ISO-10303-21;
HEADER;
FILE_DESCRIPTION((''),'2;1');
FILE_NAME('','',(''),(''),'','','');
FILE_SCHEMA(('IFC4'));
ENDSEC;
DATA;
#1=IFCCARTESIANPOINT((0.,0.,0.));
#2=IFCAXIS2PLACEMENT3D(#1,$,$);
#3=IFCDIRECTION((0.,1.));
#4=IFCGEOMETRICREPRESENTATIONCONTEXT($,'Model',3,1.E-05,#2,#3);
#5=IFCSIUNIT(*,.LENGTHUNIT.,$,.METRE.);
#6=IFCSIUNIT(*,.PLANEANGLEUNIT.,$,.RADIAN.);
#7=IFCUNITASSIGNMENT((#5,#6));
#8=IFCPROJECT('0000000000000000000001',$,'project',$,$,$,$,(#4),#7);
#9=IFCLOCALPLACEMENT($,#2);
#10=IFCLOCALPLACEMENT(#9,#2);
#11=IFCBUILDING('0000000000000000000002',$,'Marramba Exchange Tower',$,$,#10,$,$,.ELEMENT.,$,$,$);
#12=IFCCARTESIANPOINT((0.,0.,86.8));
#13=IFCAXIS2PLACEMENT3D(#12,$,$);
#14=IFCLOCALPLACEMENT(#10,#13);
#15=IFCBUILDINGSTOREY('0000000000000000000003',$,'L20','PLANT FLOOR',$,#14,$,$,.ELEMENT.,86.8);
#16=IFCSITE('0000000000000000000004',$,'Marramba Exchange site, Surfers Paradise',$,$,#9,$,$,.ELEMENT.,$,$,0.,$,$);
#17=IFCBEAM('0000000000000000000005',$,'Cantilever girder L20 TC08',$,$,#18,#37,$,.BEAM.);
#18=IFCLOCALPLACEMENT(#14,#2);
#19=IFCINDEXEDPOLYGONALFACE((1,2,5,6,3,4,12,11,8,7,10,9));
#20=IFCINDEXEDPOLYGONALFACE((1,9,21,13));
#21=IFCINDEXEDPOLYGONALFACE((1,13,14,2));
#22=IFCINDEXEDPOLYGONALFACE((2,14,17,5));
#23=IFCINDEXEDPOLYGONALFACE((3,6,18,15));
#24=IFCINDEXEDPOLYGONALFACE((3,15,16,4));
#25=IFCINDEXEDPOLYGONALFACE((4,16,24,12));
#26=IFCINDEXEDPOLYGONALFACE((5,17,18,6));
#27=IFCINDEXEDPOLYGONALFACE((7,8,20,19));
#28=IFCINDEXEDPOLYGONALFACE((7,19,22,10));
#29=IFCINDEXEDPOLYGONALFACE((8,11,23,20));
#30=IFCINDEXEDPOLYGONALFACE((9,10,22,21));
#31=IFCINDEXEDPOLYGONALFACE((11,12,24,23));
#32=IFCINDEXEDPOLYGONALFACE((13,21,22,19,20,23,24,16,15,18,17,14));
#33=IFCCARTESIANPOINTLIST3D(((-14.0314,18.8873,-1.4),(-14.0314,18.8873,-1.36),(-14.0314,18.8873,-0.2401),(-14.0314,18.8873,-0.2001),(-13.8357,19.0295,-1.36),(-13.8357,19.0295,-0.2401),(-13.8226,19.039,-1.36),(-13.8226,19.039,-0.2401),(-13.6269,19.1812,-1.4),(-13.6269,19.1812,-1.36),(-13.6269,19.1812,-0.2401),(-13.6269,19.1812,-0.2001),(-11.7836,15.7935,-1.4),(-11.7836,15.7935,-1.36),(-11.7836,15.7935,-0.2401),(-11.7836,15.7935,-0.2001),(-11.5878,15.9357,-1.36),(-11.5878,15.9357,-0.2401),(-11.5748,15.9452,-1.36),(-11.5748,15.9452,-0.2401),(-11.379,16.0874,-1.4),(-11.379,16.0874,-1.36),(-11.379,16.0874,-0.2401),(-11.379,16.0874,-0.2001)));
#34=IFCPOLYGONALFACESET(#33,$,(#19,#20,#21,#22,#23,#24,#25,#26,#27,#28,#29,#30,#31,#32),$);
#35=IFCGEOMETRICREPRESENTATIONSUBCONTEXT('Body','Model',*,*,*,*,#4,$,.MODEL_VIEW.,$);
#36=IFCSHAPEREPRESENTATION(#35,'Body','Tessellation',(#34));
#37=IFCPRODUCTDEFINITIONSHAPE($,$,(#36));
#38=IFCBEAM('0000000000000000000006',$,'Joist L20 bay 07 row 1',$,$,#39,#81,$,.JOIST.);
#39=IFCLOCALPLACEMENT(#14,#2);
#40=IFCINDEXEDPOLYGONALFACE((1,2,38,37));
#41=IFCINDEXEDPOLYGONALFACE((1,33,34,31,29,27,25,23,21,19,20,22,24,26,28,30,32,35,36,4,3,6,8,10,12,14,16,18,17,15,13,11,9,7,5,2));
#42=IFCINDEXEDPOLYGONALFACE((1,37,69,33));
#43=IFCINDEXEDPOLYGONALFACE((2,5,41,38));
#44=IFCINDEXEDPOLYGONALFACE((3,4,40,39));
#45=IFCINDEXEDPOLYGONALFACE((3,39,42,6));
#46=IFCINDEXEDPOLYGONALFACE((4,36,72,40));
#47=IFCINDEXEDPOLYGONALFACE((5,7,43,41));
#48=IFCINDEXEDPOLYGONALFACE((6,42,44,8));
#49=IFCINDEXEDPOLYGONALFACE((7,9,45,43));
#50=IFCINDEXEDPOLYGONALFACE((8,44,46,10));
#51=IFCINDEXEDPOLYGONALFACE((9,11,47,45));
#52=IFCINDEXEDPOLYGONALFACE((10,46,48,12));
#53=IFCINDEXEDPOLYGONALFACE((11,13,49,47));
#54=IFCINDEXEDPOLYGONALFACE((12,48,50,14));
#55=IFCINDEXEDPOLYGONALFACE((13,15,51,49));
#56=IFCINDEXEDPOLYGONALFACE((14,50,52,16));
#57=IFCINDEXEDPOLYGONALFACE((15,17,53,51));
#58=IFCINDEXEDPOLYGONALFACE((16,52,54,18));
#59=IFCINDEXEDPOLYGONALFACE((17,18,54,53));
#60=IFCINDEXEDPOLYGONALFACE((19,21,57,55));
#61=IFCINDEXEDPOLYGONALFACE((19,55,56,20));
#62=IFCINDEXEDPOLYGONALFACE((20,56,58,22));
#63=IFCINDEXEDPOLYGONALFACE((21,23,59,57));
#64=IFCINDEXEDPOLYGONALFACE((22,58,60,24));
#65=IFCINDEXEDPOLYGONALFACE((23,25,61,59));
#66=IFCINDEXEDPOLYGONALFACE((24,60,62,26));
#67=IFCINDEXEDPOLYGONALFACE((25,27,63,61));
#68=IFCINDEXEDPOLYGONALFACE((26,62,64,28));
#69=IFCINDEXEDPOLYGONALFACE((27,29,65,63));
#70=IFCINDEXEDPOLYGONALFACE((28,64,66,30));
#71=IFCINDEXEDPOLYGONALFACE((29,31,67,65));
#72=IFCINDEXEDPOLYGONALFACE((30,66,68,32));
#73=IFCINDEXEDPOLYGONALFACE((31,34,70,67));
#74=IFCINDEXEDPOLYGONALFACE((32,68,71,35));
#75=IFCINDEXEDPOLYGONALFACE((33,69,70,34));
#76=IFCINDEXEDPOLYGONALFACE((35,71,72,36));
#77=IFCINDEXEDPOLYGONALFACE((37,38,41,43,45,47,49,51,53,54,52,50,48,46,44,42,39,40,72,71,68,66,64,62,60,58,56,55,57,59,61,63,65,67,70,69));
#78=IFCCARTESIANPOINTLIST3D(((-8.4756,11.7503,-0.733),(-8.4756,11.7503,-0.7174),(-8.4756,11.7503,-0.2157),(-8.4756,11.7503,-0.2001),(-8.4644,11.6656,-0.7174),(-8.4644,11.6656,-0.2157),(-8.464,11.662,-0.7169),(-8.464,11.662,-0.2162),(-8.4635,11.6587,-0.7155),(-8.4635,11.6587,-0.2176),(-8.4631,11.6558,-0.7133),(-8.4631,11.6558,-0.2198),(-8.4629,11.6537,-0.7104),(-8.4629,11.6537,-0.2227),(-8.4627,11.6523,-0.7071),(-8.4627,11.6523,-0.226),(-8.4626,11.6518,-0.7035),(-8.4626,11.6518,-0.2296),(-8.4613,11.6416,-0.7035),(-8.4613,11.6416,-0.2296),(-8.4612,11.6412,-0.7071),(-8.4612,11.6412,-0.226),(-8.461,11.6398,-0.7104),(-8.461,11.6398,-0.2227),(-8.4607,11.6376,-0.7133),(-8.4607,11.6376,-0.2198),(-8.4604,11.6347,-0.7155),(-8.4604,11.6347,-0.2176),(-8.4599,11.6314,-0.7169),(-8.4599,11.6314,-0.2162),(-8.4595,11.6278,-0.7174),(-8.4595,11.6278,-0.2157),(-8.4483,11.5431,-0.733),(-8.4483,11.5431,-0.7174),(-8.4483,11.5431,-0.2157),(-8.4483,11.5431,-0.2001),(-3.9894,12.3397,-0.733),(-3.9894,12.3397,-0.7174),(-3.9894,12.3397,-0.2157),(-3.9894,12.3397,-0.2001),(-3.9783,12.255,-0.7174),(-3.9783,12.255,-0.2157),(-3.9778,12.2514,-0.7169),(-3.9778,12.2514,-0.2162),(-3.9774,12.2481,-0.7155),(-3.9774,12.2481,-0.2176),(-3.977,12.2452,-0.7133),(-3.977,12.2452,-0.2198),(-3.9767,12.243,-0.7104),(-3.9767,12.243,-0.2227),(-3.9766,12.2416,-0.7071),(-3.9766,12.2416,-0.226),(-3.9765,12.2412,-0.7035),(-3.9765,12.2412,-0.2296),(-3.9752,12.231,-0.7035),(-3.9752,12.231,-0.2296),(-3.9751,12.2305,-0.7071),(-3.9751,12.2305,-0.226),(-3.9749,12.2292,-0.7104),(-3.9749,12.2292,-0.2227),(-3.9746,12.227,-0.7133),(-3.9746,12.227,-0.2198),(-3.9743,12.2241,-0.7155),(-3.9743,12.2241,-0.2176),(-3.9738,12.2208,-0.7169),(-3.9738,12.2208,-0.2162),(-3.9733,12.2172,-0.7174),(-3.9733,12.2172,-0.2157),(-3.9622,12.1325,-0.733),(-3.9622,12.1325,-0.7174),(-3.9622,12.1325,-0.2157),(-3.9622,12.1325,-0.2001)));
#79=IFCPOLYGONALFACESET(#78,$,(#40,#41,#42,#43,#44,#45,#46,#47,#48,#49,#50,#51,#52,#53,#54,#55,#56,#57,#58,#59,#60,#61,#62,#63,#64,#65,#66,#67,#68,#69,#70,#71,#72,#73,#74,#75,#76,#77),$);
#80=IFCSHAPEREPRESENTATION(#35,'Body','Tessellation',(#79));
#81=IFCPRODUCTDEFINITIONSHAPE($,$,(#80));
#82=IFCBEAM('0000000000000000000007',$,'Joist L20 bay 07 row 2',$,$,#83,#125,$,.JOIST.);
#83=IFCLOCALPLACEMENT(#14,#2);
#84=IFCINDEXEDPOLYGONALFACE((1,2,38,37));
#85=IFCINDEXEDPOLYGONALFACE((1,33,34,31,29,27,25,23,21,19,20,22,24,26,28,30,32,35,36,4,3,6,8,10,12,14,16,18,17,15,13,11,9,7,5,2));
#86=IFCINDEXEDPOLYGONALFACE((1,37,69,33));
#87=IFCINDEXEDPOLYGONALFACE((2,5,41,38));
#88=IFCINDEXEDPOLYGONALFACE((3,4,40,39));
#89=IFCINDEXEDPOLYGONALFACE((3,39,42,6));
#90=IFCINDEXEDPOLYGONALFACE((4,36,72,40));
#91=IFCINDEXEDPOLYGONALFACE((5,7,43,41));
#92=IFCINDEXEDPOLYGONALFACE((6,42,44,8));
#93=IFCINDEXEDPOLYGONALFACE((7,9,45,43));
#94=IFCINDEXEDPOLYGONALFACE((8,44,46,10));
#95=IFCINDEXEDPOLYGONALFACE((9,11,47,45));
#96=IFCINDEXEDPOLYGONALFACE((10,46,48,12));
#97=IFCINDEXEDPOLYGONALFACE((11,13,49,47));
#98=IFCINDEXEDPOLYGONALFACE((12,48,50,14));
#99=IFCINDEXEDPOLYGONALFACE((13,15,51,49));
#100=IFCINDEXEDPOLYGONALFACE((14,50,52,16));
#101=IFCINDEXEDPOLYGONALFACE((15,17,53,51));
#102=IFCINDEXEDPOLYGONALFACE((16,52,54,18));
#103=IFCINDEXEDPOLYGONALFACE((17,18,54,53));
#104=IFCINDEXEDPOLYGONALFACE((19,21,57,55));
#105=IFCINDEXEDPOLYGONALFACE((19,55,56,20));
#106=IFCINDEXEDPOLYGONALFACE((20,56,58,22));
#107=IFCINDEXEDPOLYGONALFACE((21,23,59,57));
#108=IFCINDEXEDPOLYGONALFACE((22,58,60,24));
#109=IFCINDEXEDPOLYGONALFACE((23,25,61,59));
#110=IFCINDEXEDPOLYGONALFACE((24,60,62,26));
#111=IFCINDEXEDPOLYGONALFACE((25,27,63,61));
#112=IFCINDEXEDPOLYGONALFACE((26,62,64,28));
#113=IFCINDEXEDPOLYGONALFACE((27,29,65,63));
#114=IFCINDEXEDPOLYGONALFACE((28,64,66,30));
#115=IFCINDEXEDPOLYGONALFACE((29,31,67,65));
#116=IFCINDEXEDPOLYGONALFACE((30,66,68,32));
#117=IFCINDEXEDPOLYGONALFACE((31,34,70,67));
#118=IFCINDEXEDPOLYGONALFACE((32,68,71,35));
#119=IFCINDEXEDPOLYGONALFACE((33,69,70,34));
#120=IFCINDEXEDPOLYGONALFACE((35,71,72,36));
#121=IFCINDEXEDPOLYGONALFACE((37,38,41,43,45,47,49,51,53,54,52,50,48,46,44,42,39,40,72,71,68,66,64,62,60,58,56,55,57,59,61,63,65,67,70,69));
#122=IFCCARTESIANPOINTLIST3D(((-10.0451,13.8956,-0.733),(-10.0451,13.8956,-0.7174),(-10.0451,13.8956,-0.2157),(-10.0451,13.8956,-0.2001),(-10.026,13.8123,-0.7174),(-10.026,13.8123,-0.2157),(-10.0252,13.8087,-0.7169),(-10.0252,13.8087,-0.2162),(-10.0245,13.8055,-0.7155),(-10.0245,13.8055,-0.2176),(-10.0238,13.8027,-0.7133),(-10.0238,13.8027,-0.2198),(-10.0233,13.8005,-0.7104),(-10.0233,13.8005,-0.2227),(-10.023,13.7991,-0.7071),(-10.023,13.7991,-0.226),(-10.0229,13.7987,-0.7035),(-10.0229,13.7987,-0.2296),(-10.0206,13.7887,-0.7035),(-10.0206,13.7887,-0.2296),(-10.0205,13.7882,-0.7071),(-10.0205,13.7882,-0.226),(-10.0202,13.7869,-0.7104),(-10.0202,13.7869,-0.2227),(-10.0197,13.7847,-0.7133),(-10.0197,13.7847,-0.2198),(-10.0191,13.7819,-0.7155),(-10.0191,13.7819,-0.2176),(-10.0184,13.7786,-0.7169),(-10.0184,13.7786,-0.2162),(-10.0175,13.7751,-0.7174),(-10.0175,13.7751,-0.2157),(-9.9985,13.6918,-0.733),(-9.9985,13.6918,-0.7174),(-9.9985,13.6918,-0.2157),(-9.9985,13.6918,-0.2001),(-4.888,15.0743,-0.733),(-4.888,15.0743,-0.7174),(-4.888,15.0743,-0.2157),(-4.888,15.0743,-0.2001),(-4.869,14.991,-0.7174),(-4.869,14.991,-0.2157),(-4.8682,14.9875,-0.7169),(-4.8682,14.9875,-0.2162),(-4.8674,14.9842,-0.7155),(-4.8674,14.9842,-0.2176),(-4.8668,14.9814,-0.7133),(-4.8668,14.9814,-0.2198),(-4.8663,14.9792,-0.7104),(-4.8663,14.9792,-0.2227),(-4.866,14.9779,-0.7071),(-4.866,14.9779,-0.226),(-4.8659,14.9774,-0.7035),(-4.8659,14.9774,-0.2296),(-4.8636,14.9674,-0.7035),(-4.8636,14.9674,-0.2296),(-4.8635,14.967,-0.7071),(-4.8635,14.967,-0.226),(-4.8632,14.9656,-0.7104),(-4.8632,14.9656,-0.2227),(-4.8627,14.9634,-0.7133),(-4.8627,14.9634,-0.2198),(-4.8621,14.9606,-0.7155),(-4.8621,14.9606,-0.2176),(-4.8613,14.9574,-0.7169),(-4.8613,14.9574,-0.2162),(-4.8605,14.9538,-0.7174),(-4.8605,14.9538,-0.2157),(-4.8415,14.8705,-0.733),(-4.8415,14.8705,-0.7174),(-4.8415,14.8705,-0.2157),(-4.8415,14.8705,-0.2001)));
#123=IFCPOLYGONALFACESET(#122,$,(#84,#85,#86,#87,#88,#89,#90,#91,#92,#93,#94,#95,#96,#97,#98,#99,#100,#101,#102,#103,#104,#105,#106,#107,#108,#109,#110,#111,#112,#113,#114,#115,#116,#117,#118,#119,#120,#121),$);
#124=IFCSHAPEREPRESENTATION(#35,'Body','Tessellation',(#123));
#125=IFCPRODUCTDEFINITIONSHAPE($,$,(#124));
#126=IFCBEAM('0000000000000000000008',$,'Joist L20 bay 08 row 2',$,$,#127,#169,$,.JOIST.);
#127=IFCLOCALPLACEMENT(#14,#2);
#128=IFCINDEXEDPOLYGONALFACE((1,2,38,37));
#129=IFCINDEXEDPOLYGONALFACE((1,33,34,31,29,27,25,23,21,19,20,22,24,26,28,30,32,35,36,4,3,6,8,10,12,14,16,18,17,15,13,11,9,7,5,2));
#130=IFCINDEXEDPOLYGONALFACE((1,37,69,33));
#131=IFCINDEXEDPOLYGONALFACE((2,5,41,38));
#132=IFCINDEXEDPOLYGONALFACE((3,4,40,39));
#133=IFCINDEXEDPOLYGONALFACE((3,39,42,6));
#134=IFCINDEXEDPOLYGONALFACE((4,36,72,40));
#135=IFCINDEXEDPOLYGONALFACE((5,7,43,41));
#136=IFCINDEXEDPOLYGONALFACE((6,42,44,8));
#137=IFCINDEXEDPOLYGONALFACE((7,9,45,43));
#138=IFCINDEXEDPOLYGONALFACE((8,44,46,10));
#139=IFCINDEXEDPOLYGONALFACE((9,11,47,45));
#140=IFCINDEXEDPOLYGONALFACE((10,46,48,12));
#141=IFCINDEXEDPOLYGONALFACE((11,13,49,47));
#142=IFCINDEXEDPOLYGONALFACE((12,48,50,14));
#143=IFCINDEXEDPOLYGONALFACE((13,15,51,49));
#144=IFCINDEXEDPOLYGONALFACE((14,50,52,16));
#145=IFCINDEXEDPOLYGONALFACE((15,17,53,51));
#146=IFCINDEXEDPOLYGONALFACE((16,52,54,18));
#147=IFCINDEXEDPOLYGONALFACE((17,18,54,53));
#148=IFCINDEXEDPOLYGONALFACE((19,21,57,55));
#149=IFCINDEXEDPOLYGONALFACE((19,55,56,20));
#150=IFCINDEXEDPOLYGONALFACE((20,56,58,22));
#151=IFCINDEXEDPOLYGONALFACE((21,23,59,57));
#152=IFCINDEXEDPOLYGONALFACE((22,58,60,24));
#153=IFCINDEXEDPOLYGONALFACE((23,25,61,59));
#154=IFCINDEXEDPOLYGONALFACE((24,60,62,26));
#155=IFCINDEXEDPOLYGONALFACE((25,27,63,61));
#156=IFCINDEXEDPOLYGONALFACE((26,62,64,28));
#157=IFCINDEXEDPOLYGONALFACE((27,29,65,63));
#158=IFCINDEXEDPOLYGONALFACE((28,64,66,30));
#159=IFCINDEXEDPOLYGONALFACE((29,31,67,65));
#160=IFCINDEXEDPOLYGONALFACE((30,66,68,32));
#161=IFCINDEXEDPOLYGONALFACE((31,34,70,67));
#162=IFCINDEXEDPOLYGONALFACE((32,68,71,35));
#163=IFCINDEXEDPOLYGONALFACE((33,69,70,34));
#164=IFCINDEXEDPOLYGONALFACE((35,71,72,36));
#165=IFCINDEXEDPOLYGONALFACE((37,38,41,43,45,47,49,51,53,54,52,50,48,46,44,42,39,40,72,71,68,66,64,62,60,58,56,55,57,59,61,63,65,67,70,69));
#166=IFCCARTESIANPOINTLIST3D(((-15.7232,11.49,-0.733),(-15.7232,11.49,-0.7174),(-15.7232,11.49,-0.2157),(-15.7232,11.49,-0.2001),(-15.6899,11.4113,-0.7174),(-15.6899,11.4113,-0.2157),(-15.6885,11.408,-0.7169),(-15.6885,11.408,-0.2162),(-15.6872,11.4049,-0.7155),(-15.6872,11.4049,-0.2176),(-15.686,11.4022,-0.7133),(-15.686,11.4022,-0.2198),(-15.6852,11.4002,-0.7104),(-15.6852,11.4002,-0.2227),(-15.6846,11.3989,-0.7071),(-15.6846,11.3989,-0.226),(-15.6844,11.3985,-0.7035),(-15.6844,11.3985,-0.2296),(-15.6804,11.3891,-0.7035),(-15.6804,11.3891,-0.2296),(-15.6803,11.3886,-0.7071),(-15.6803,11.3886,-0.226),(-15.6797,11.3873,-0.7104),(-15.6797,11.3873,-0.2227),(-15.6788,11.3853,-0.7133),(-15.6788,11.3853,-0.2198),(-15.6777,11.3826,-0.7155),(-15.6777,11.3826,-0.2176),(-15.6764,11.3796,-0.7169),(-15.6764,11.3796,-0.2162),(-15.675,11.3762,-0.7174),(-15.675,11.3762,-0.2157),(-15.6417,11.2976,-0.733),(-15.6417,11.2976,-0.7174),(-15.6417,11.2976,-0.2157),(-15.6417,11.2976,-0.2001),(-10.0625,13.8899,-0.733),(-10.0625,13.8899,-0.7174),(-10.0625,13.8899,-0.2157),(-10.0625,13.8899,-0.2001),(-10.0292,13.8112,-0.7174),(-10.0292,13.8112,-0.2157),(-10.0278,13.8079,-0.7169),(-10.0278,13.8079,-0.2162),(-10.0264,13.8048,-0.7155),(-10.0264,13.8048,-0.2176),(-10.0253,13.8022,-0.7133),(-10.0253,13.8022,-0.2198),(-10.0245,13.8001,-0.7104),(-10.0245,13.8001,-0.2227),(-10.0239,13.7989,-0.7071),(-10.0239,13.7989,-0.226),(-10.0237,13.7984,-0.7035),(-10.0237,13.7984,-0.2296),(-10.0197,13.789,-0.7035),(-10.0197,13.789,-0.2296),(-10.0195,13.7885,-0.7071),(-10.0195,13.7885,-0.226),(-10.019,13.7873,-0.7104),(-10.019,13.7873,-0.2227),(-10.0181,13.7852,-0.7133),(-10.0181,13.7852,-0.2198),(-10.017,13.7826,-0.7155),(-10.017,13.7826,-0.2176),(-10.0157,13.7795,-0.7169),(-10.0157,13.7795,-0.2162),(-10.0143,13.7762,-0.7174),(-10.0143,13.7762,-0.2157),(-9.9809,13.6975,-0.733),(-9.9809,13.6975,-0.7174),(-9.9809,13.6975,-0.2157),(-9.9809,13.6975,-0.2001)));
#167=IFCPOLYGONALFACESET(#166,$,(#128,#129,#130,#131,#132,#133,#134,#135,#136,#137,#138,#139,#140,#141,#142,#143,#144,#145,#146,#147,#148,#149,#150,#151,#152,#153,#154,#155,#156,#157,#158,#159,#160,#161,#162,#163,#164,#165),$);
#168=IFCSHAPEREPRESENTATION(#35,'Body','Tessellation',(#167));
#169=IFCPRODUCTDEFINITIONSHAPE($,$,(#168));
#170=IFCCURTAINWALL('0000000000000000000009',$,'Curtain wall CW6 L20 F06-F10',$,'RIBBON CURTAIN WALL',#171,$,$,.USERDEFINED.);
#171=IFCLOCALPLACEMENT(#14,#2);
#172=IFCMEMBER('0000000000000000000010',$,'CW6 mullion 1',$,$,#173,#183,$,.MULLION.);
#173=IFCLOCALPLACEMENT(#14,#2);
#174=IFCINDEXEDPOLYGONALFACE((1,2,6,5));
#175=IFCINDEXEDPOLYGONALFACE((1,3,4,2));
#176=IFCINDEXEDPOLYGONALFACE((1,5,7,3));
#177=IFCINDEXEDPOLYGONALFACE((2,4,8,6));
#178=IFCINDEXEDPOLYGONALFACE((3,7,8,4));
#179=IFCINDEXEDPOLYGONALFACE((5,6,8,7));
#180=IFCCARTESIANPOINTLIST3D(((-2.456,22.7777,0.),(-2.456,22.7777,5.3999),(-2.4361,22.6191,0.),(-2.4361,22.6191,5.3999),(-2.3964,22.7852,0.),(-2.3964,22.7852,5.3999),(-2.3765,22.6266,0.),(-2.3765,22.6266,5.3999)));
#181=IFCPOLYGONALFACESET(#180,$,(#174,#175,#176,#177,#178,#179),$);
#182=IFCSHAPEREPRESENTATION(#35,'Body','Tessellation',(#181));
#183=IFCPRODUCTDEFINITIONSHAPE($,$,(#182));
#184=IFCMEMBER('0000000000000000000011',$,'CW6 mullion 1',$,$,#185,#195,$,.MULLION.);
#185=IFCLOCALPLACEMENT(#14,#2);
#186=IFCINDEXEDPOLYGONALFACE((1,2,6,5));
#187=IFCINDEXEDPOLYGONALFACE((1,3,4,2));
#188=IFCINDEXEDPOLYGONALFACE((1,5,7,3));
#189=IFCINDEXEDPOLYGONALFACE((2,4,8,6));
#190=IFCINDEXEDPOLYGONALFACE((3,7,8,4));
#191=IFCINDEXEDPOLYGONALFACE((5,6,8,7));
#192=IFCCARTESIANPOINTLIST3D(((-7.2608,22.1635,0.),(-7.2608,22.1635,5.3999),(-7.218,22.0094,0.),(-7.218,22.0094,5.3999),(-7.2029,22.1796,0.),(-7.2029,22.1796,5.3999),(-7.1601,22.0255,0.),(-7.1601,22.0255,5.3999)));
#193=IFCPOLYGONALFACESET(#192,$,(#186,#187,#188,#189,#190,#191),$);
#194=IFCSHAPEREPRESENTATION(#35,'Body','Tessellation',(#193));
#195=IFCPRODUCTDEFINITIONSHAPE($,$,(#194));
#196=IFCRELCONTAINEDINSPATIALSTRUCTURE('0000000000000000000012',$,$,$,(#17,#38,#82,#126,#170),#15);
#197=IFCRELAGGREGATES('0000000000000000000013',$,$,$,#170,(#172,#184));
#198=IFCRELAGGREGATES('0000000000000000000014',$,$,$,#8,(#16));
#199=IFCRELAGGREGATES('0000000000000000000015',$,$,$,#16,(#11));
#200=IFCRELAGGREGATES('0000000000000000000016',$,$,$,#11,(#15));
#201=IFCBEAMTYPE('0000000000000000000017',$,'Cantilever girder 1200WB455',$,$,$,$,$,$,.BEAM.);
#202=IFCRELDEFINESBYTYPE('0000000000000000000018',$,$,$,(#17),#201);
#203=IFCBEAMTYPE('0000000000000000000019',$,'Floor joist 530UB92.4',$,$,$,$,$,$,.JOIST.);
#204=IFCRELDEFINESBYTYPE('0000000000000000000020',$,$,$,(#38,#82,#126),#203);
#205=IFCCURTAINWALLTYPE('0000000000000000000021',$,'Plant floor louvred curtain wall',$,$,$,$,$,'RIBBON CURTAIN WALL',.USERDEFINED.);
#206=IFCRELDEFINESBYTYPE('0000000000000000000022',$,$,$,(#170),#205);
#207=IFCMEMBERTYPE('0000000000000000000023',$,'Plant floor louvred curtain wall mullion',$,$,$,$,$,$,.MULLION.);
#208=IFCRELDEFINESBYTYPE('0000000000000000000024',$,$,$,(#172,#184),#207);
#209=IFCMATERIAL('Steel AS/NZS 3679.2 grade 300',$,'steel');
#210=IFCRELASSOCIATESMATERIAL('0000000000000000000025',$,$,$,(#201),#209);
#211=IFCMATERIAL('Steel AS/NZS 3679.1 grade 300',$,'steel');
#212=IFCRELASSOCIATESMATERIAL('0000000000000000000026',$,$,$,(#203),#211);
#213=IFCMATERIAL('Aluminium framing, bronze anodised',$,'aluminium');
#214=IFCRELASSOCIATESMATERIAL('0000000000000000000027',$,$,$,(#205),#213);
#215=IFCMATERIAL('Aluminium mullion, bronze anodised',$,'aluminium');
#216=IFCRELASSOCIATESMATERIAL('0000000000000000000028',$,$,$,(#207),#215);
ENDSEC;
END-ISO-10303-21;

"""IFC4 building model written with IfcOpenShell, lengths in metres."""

from ifc_helpers import new_model, si_unit, direction, frame, origin, origin_2d, place, context, subcontext, project, spatial, rectangle, i_section, extrude, material, material_profile, profile_set, type_object, element, aggregate, save


model = new_model("IFC4")

# Units and contexts
model_context = context("Model", 3, precision=1e-05, world=origin(), true_north=direction((0.0, 1.0)))
body_context = subcontext(model_context, "Body", "Model", "MODEL_VIEW")
ifc_project = project(units=[si_unit("LENGTHUNIT", "METRE"), si_unit("PLANEANGLEUNIT", "RADIAN")], contexts=[model_context])

# Site, building, storey
site_placement = place(None, origin())
site = spatial("IfcSite", under=ifc_project, at=site_placement, Name="Marramba Exchange site, Surfers Paradise", CompositionType="ELEMENT", RefElevation=0.0)
building_placement = place(site_placement, origin())
building = spatial("IfcBuilding", under=site, at=building_placement, Name="Marramba Exchange Tower", CompositionType="ELEMENT")
storey_placement = place(building_placement, frame((0.0, 0.0, 86.8)))
storey = spatial("IfcBuildingStorey", under=building, at=storey_placement, Name="L20", Description="PLANT FLOOR", CompositionType="ELEMENT", Elevation=86.8)

# Shared definitions
ifc_material_1 = material(Name="Steel AS/NZS 3679.2 grade 300", Category="steel")

# Beams
ifc_material_profile_1 = material_profile(ifc_material_1, i_section(OverallWidth=0.5, OverallDepth=1.2, WebThickness=0.0161, FlangeThickness=0.04, at=origin_2d()), Name="1200WB455")
ifc_profile_set_1 = profile_set([ifc_material_profile_1], Name="Steel AS/NZS 3679.2 grade 300")
beam_type_1 = type_object("IfcBeamType", Name="Cantilever girder 1200WB455", PredefinedType="BEAM", material=ifc_profile_set_1)
beam_1_placement = place(storey_placement, frame((-11.5813, 15.9404, -0.8), z_axis=(-0.587796, 0.809009, 0.0), x_axis=(-0.809009, -0.587796, 0.0)))
element("IfcBeam", 1, at=beam_1_placement, inside=storey, type_object=beam_type_1, Name="Cantilever girder L20 TC08", PredefinedType="BEAM", context=body_context, shape_type="SweptSolid", body=[
    extrude(i_section(OverallWidth=0.5, OverallDepth=1.2, WebThickness=0.0161, FlangeThickness=0.04, at=origin_2d()), origin(), (0.0, 0.0, 1.0), 3.8242),
])
ifc_material_2 = material(Name="Steel AS/NZS 3679.1 grade 300", Category="steel")
ifc_material_profile_2 = material_profile(ifc_material_2, i_section(OverallWidth=0.209, OverallDepth=0.533, WebThickness=0.0103, FlangeThickness=0.0156, FilletRadius=0.0139, at=origin_2d()), Name="530UB92.4")
ifc_profile_set_2 = profile_set([ifc_material_profile_2], Name="Steel AS/NZS 3679.1 grade 300")
beam_type_2 = type_object("IfcBeamType", Name="Floor joist 530UB92.4", PredefinedType="JOIST", material=ifc_profile_set_2)
beam_2_placement = place(storey_placement, frame((-3.9758, 12.2361, -0.4666), z_axis=(-0.991481, -0.130255, 0.0), x_axis=(0.130255, -0.991481, 0.0)))
element("IfcBeam", 2, at=beam_2_placement, inside=storey, type_object=beam_type_2, Name="Joist L20 bay 07 row 1", PredefinedType="JOIST", context=body_context, shape_type="SweptSolid", body=[
    extrude(i_section(OverallWidth=0.209, OverallDepth=0.533, WebThickness=0.0103, FlangeThickness=0.0156, FilletRadius=0.0139, at=origin_2d()), origin(), (0.0, 0.0, 1.0), 4.5247),
])
beam_3_placement = place(storey_placement, frame((-4.8647, 14.9724, -0.4666), z_axis=(-0.97486, -0.22282, 0.0), x_axis=(0.22282, -0.97486, 0.0)))
element("IfcBeam", 3, at=beam_3_placement, inside=storey, type_object=beam_type_2, Name="Joist L20 bay 07 row 2", PredefinedType="JOIST", context=body_context, shape_type="SweptSolid", body=[
    extrude(i_section(OverallWidth=0.209, OverallDepth=0.533, WebThickness=0.0103, FlangeThickness=0.0156, FilletRadius=0.0139, at=origin_2d()), origin(), (0.0, 0.0, 1.0), 5.29),
])
beam_4_placement = place(storey_placement, frame((-10.0217, 13.7937, -0.4666), z_axis=(-0.920674, -0.390332, 0.0), x_axis=(0.390332, -0.920674, 0.0)))
element("IfcBeam", 4, at=beam_4_placement, inside=storey, type_object=beam_type_2, Name="Joist L20 bay 08 row 2", PredefinedType="JOIST", context=body_context, shape_type="SweptSolid", body=[
    extrude(i_section(OverallWidth=0.209, OverallDepth=0.533, WebThickness=0.0103, FlangeThickness=0.0156, FilletRadius=0.0139, at=origin_2d()), origin(), (0.0, 0.0, 1.0), 6.1484),
])

# Curtain wall, members
ifc_material_3 = material(Name="Aluminium framing, bronze anodised", Category="aluminium")
curtain_wall_type = type_object("IfcCurtainWallType", Name="Plant floor louvred curtain wall", ElementType="RIBBON CURTAIN WALL", PredefinedType="USERDEFINED", material=ifc_material_3)
curtain_wall_placement = place(storey_placement, origin())
curtain_wall = element("IfcCurtainWall", 5, at=curtain_wall_placement, inside=storey, type_object=curtain_wall_type, Name="Curtain wall CW6 L20 F06-F10", ObjectType="RIBBON CURTAIN WALL", PredefinedType="USERDEFINED")
ifc_material_4 = material(Name="Aluminium mullion, bronze anodised", Category="aluminium")
ifc_material_profile_3 = material_profile(ifc_material_4, rectangle(XDim=0.1599, YDim=0.0601, at=origin_2d()), Name="CW6 mullion 60x160")
ifc_profile_set_3 = profile_set([ifc_material_profile_3], Name="Aluminium mullion, bronze anodised")
member_type_1 = type_object("IfcMemberType", Name="Plant floor louvred curtain wall mullion", PredefinedType="MULLION", material=ifc_profile_set_3)
member_1_placement = place(storey_placement, frame((-2.4163, 22.7021, 0.0), z_axis=(0.0, 0.0, 1.0), x_axis=(0.124873, -0.992173, 0.0)))
member_1 = element("IfcMember", 6, at=member_1_placement, type_object=member_type_1, Name="CW6 mullion 1", PredefinedType="MULLION", context=body_context, shape_type="SweptSolid", body=[
    extrude(rectangle(XDim=0.1599, YDim=0.0601, at=origin_2d()), origin(), (0.0, 0.0, 1.0), 5.3999),
])
member_2_placement = place(storey_placement, frame((-7.2104, 22.0945, 0.0), z_axis=(0.0, 0.0, 1.0), x_axis=(0.267809, -0.963472, 0.0)))
member_2 = element("IfcMember", 7, at=member_2_placement, type_object=member_type_1, Name="CW6 mullion 1", PredefinedType="MULLION", context=body_context, shape_type="SweptSolid", body=[
    extrude(rectangle(XDim=0.1599, YDim=0.0601, at=origin_2d()), origin(), (0.0, 0.0, 1.0), 5.3999),
])

aggregate(curtain_wall, [member_1, member_2])

save(model, "model.ifc")
